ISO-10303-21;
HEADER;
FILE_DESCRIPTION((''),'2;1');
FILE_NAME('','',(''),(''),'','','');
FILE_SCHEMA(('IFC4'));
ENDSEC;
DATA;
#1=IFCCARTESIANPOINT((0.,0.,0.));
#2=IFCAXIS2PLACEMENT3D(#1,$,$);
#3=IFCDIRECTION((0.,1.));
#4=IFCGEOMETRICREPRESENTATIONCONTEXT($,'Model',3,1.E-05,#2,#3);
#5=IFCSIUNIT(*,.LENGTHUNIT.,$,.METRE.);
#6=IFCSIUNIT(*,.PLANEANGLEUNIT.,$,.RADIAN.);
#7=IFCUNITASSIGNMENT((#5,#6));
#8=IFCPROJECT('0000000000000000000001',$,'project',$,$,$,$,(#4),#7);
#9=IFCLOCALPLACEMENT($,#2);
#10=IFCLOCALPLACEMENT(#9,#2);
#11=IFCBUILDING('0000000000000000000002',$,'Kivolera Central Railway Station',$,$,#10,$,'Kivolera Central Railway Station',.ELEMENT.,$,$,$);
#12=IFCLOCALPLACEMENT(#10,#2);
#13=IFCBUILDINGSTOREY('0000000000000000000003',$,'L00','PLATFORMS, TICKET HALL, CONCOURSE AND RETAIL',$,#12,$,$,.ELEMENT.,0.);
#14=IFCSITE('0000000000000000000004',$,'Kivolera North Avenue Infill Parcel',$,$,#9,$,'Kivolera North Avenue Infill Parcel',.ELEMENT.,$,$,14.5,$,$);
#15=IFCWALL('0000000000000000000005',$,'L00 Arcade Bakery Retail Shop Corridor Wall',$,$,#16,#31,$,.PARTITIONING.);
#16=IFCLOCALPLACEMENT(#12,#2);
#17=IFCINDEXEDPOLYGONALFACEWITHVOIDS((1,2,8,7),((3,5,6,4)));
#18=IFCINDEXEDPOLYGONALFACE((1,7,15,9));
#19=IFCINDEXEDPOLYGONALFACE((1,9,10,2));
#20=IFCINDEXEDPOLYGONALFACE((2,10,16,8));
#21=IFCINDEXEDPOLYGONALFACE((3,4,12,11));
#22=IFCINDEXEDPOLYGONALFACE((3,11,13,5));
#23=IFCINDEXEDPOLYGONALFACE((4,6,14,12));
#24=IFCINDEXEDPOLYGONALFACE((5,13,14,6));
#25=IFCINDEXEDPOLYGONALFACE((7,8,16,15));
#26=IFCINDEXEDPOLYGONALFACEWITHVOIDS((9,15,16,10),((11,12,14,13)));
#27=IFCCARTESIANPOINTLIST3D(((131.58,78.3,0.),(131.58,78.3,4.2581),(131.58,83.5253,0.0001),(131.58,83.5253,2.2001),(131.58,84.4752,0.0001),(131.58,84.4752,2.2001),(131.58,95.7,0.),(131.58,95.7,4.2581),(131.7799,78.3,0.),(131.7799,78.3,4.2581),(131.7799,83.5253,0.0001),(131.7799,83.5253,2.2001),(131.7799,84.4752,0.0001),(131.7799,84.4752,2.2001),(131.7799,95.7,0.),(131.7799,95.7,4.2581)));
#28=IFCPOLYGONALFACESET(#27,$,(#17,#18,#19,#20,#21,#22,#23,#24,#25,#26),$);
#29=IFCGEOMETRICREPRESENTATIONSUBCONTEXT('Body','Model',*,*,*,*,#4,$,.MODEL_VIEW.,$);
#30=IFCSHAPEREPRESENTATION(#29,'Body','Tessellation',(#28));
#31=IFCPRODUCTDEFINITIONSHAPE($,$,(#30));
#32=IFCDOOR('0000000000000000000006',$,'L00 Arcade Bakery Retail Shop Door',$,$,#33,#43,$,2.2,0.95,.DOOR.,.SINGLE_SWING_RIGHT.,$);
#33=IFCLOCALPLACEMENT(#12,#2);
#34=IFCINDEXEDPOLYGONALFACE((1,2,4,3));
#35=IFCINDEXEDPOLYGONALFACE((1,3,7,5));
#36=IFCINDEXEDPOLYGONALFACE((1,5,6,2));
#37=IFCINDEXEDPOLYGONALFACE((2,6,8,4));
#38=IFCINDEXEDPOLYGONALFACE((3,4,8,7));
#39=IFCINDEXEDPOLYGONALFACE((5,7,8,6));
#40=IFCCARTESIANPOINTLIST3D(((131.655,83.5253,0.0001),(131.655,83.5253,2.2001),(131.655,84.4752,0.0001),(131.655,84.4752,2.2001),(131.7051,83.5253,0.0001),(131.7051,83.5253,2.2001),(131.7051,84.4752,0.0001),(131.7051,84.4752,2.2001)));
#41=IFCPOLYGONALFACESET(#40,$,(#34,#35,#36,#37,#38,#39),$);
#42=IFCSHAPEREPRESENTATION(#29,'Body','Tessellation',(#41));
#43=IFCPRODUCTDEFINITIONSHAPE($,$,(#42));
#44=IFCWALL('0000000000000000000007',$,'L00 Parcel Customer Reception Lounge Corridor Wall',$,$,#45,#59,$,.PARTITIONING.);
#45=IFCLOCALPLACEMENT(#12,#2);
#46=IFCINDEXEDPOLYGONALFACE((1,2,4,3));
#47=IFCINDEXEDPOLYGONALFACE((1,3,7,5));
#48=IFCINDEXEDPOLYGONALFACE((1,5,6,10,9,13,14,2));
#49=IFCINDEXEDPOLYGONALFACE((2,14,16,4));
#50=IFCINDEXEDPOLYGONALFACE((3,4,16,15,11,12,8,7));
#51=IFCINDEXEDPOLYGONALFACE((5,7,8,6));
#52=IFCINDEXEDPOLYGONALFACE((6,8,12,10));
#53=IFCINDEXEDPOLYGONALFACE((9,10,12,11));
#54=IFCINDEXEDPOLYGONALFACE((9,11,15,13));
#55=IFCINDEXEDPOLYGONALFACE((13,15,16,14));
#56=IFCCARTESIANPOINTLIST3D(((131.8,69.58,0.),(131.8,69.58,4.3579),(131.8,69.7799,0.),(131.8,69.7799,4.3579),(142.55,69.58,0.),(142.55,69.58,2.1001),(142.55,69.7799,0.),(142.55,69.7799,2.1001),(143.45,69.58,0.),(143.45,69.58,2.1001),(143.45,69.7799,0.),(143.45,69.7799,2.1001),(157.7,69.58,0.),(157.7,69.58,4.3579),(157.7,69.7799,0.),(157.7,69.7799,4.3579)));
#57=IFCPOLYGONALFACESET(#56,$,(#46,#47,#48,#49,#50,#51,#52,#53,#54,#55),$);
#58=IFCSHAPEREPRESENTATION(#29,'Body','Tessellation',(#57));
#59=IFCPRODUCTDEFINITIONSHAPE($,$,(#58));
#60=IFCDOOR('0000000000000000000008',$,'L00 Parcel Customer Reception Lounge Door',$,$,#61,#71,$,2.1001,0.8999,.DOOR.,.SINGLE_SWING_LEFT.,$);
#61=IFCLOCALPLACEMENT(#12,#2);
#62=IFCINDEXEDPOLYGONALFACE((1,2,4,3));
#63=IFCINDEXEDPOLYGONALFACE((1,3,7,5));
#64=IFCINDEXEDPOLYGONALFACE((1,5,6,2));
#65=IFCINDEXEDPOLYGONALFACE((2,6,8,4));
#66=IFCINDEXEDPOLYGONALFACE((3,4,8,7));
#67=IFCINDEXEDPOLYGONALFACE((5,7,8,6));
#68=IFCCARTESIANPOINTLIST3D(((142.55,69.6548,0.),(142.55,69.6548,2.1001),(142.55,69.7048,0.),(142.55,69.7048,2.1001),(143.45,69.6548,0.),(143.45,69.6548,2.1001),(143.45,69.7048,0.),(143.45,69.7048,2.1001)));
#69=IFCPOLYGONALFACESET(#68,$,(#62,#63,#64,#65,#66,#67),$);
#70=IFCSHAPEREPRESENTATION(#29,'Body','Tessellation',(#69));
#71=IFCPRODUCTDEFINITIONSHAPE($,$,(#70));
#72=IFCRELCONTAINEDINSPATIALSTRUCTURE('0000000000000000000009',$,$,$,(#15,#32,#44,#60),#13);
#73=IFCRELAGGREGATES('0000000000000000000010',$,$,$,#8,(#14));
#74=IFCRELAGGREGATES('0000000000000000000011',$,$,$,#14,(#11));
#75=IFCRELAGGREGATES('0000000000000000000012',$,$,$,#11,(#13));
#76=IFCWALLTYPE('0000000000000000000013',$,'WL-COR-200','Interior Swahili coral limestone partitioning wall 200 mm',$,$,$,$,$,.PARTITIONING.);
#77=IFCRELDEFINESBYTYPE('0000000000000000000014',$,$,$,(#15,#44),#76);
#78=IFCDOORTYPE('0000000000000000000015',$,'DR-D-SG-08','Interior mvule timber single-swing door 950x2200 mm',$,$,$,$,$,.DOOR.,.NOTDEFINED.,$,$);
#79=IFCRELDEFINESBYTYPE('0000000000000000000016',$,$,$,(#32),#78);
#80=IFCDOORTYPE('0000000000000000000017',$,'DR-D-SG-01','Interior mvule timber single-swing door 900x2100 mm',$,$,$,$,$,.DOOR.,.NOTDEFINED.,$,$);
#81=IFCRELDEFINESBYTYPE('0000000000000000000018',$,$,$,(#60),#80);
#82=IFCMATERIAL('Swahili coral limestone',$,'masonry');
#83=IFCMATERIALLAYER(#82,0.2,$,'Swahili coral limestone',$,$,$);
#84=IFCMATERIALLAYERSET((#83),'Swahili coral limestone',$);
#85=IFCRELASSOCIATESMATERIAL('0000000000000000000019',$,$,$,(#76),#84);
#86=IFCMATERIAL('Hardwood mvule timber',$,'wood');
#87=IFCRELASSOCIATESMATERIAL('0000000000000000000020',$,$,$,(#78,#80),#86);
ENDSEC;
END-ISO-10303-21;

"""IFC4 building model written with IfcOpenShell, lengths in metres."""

from ifc_helpers import new_model, si_unit, direction, frame, frame_2d, origin, place, context, subcontext, project, spatial, rectangle, extrude, material, layer, layer_set, type_object, element, fill, save


model = new_model("IFC4")

# Units and contexts
model_context = context("Model", 3, precision=1e-05, world=origin(), true_north=direction((0.0, 1.0)))
body_context = subcontext(model_context, "Body", "Model", "MODEL_VIEW")
ifc_project = project(units=[si_unit("LENGTHUNIT", "METRE"), si_unit("PLANEANGLEUNIT", "RADIAN")], contexts=[model_context])

# Site, building, storey
site_placement = place(None, origin())
site = spatial("IfcSite", under=ifc_project, at=site_placement, Name="Kivolera North Avenue Infill Parcel", LongName="Kivolera North Avenue Infill Parcel", CompositionType="ELEMENT", RefElevation=14.5)
building_placement = place(site_placement, origin())
building = spatial("IfcBuilding", under=site, at=building_placement, Name="Kivolera Central Railway Station", LongName="Kivolera Central Railway Station", CompositionType="ELEMENT")
storey_placement = place(building_placement, origin())
storey = spatial("IfcBuildingStorey", under=building, at=storey_placement, Name="L00", Description="PLATFORMS, TICKET HALL, CONCOURSE AND RETAIL", CompositionType="ELEMENT", Elevation=0.0)

# Walls, openings, doors
ifc_material_1 = material(Name="Swahili coral limestone", Category="masonry")
ifc_layer = layer(ifc_material_1, 0.2, Name="Swahili coral limestone")
ifc_layer_set = layer_set([ifc_layer], Name="Swahili coral limestone")
wall_type = type_object("IfcWallType", Name="WL-COR-200", Description="Interior Swahili coral limestone partitioning wall 200 mm", PredefinedType="PARTITIONING", material=ifc_layer_set)
wall_1_placement = place(storey_placement, frame((131.6799, 78.3, 0.0), z_axis=(0.0, 0.0, 1.0), x_axis=(0.0, 1.0, 0.0)))
wall_1 = element("IfcWall", 1, at=wall_1_placement, inside=storey, type_object=wall_type, Name="L00 Arcade Bakery Retail Shop Corridor Wall", PredefinedType="PARTITIONING", context=body_context, shape_type="SweptSolid", body=[
    extrude(rectangle(XDim=17.3999, YDim=0.2, at=frame_2d((8.7, 0.0))), origin(), (0.0, 0.0, 1.0), 4.2581),
])
opening_1_placement = place(wall_1_placement, frame((5.2251, 0.0, 0.0)))
opening_1 = element("IfcOpeningElement", 2, at=opening_1_placement, cuts=wall_1, PredefinedType="OPENING", context=body_context, shape_type="SweptSolid", body=[
    extrude(rectangle(XDim=0.95, YDim=2.2, at=frame_2d((0.4751, 1.1001))), frame((0.0, 0.1099, 0.0), z_axis=(0.0, -1.0, 0.0), x_axis=(1.0, 0.0, 0.0)), (0.0, 0.0, 1.0), 0.22),
])
ifc_material_2 = material(Name="Hardwood mvule timber", Category="wood")
door_type_1 = type_object("IfcDoorType", Name="DR-D-SG-08", Description="Interior mvule timber single-swing door 950x2200 mm", OperationType="NOTDEFINED", PredefinedType="DOOR", material=ifc_material_2)
door_1_placement = place(opening_1_placement, origin())
door_1 = element("IfcDoor", 3, at=door_1_placement, inside=storey, type_object=door_type_1, Name="L00 Arcade Bakery Retail Shop Door", OperationType="SINGLE_SWING_RIGHT", OverallHeight=2.2, OverallWidth=0.95, PredefinedType="DOOR", context=body_context, shape_type="SweptSolid", body=[
    extrude(rectangle(XDim=0.95, YDim=2.2, at=frame_2d((0.4751, 1.1001))), frame((0.0, 0.0249, 0.0), z_axis=(0.0, -1.0, 0.0), x_axis=(1.0, 0.0, 0.0)), (0.0, 0.0, 1.0), 0.05),
])
fill(opening_1, door_1)
wall_2_placement = place(storey_placement, frame((131.8, 69.6799, 0.0), z_axis=(0.0, 0.0, 1.0), x_axis=(1.0, 0.0, 0.0)))
wall_2 = element("IfcWall", 4, at=wall_2_placement, inside=storey, type_object=wall_type, Name="L00 Parcel Customer Reception Lounge Corridor Wall", PredefinedType="PARTITIONING", context=body_context, shape_type="SweptSolid", body=[
    extrude(rectangle(XDim=25.8999, YDim=0.2, at=frame_2d((12.95, 0.0))), origin(), (0.0, 0.0, 1.0), 4.3579),
])
opening_2_placement = place(wall_2_placement, frame((10.75, 0.0, 0.0)))
opening_2 = element("IfcOpeningElement", 5, at=opening_2_placement, cuts=wall_2, PredefinedType="OPENING", context=body_context, shape_type="SweptSolid", body=[
    extrude(rectangle(XDim=0.8999, YDim=2.1001, at=frame_2d((0.45, 1.05))), frame((0.0, 0.1099, 0.0), z_axis=(0.0, -1.0, 0.0), x_axis=(1.0, 0.0, 0.0)), (0.0, 0.0, 1.0), 0.22),
])
door_type_2 = type_object("IfcDoorType", Name="DR-D-SG-01", Description="Interior mvule timber single-swing door 900x2100 mm", OperationType="NOTDEFINED", PredefinedType="DOOR", material=ifc_material_2)
door_2_placement = place(opening_2_placement, origin())
door_2 = element("IfcDoor", 6, at=door_2_placement, inside=storey, type_object=door_type_2, Name="L00 Parcel Customer Reception Lounge Door", OperationType="SINGLE_SWING_LEFT", OverallHeight=2.1001, OverallWidth=0.8999, PredefinedType="DOOR", context=body_context, shape_type="SweptSolid", body=[
    extrude(rectangle(XDim=0.8999, YDim=2.1001, at=frame_2d((0.45, 1.05))), frame((0.0, 0.0249, 0.0), z_axis=(0.0, -1.0, 0.0), x_axis=(1.0, 0.0, 0.0)), (0.0, 0.0, 1.0), 0.05),
])
fill(opening_2, door_2)

save(model, "model.ifc")
